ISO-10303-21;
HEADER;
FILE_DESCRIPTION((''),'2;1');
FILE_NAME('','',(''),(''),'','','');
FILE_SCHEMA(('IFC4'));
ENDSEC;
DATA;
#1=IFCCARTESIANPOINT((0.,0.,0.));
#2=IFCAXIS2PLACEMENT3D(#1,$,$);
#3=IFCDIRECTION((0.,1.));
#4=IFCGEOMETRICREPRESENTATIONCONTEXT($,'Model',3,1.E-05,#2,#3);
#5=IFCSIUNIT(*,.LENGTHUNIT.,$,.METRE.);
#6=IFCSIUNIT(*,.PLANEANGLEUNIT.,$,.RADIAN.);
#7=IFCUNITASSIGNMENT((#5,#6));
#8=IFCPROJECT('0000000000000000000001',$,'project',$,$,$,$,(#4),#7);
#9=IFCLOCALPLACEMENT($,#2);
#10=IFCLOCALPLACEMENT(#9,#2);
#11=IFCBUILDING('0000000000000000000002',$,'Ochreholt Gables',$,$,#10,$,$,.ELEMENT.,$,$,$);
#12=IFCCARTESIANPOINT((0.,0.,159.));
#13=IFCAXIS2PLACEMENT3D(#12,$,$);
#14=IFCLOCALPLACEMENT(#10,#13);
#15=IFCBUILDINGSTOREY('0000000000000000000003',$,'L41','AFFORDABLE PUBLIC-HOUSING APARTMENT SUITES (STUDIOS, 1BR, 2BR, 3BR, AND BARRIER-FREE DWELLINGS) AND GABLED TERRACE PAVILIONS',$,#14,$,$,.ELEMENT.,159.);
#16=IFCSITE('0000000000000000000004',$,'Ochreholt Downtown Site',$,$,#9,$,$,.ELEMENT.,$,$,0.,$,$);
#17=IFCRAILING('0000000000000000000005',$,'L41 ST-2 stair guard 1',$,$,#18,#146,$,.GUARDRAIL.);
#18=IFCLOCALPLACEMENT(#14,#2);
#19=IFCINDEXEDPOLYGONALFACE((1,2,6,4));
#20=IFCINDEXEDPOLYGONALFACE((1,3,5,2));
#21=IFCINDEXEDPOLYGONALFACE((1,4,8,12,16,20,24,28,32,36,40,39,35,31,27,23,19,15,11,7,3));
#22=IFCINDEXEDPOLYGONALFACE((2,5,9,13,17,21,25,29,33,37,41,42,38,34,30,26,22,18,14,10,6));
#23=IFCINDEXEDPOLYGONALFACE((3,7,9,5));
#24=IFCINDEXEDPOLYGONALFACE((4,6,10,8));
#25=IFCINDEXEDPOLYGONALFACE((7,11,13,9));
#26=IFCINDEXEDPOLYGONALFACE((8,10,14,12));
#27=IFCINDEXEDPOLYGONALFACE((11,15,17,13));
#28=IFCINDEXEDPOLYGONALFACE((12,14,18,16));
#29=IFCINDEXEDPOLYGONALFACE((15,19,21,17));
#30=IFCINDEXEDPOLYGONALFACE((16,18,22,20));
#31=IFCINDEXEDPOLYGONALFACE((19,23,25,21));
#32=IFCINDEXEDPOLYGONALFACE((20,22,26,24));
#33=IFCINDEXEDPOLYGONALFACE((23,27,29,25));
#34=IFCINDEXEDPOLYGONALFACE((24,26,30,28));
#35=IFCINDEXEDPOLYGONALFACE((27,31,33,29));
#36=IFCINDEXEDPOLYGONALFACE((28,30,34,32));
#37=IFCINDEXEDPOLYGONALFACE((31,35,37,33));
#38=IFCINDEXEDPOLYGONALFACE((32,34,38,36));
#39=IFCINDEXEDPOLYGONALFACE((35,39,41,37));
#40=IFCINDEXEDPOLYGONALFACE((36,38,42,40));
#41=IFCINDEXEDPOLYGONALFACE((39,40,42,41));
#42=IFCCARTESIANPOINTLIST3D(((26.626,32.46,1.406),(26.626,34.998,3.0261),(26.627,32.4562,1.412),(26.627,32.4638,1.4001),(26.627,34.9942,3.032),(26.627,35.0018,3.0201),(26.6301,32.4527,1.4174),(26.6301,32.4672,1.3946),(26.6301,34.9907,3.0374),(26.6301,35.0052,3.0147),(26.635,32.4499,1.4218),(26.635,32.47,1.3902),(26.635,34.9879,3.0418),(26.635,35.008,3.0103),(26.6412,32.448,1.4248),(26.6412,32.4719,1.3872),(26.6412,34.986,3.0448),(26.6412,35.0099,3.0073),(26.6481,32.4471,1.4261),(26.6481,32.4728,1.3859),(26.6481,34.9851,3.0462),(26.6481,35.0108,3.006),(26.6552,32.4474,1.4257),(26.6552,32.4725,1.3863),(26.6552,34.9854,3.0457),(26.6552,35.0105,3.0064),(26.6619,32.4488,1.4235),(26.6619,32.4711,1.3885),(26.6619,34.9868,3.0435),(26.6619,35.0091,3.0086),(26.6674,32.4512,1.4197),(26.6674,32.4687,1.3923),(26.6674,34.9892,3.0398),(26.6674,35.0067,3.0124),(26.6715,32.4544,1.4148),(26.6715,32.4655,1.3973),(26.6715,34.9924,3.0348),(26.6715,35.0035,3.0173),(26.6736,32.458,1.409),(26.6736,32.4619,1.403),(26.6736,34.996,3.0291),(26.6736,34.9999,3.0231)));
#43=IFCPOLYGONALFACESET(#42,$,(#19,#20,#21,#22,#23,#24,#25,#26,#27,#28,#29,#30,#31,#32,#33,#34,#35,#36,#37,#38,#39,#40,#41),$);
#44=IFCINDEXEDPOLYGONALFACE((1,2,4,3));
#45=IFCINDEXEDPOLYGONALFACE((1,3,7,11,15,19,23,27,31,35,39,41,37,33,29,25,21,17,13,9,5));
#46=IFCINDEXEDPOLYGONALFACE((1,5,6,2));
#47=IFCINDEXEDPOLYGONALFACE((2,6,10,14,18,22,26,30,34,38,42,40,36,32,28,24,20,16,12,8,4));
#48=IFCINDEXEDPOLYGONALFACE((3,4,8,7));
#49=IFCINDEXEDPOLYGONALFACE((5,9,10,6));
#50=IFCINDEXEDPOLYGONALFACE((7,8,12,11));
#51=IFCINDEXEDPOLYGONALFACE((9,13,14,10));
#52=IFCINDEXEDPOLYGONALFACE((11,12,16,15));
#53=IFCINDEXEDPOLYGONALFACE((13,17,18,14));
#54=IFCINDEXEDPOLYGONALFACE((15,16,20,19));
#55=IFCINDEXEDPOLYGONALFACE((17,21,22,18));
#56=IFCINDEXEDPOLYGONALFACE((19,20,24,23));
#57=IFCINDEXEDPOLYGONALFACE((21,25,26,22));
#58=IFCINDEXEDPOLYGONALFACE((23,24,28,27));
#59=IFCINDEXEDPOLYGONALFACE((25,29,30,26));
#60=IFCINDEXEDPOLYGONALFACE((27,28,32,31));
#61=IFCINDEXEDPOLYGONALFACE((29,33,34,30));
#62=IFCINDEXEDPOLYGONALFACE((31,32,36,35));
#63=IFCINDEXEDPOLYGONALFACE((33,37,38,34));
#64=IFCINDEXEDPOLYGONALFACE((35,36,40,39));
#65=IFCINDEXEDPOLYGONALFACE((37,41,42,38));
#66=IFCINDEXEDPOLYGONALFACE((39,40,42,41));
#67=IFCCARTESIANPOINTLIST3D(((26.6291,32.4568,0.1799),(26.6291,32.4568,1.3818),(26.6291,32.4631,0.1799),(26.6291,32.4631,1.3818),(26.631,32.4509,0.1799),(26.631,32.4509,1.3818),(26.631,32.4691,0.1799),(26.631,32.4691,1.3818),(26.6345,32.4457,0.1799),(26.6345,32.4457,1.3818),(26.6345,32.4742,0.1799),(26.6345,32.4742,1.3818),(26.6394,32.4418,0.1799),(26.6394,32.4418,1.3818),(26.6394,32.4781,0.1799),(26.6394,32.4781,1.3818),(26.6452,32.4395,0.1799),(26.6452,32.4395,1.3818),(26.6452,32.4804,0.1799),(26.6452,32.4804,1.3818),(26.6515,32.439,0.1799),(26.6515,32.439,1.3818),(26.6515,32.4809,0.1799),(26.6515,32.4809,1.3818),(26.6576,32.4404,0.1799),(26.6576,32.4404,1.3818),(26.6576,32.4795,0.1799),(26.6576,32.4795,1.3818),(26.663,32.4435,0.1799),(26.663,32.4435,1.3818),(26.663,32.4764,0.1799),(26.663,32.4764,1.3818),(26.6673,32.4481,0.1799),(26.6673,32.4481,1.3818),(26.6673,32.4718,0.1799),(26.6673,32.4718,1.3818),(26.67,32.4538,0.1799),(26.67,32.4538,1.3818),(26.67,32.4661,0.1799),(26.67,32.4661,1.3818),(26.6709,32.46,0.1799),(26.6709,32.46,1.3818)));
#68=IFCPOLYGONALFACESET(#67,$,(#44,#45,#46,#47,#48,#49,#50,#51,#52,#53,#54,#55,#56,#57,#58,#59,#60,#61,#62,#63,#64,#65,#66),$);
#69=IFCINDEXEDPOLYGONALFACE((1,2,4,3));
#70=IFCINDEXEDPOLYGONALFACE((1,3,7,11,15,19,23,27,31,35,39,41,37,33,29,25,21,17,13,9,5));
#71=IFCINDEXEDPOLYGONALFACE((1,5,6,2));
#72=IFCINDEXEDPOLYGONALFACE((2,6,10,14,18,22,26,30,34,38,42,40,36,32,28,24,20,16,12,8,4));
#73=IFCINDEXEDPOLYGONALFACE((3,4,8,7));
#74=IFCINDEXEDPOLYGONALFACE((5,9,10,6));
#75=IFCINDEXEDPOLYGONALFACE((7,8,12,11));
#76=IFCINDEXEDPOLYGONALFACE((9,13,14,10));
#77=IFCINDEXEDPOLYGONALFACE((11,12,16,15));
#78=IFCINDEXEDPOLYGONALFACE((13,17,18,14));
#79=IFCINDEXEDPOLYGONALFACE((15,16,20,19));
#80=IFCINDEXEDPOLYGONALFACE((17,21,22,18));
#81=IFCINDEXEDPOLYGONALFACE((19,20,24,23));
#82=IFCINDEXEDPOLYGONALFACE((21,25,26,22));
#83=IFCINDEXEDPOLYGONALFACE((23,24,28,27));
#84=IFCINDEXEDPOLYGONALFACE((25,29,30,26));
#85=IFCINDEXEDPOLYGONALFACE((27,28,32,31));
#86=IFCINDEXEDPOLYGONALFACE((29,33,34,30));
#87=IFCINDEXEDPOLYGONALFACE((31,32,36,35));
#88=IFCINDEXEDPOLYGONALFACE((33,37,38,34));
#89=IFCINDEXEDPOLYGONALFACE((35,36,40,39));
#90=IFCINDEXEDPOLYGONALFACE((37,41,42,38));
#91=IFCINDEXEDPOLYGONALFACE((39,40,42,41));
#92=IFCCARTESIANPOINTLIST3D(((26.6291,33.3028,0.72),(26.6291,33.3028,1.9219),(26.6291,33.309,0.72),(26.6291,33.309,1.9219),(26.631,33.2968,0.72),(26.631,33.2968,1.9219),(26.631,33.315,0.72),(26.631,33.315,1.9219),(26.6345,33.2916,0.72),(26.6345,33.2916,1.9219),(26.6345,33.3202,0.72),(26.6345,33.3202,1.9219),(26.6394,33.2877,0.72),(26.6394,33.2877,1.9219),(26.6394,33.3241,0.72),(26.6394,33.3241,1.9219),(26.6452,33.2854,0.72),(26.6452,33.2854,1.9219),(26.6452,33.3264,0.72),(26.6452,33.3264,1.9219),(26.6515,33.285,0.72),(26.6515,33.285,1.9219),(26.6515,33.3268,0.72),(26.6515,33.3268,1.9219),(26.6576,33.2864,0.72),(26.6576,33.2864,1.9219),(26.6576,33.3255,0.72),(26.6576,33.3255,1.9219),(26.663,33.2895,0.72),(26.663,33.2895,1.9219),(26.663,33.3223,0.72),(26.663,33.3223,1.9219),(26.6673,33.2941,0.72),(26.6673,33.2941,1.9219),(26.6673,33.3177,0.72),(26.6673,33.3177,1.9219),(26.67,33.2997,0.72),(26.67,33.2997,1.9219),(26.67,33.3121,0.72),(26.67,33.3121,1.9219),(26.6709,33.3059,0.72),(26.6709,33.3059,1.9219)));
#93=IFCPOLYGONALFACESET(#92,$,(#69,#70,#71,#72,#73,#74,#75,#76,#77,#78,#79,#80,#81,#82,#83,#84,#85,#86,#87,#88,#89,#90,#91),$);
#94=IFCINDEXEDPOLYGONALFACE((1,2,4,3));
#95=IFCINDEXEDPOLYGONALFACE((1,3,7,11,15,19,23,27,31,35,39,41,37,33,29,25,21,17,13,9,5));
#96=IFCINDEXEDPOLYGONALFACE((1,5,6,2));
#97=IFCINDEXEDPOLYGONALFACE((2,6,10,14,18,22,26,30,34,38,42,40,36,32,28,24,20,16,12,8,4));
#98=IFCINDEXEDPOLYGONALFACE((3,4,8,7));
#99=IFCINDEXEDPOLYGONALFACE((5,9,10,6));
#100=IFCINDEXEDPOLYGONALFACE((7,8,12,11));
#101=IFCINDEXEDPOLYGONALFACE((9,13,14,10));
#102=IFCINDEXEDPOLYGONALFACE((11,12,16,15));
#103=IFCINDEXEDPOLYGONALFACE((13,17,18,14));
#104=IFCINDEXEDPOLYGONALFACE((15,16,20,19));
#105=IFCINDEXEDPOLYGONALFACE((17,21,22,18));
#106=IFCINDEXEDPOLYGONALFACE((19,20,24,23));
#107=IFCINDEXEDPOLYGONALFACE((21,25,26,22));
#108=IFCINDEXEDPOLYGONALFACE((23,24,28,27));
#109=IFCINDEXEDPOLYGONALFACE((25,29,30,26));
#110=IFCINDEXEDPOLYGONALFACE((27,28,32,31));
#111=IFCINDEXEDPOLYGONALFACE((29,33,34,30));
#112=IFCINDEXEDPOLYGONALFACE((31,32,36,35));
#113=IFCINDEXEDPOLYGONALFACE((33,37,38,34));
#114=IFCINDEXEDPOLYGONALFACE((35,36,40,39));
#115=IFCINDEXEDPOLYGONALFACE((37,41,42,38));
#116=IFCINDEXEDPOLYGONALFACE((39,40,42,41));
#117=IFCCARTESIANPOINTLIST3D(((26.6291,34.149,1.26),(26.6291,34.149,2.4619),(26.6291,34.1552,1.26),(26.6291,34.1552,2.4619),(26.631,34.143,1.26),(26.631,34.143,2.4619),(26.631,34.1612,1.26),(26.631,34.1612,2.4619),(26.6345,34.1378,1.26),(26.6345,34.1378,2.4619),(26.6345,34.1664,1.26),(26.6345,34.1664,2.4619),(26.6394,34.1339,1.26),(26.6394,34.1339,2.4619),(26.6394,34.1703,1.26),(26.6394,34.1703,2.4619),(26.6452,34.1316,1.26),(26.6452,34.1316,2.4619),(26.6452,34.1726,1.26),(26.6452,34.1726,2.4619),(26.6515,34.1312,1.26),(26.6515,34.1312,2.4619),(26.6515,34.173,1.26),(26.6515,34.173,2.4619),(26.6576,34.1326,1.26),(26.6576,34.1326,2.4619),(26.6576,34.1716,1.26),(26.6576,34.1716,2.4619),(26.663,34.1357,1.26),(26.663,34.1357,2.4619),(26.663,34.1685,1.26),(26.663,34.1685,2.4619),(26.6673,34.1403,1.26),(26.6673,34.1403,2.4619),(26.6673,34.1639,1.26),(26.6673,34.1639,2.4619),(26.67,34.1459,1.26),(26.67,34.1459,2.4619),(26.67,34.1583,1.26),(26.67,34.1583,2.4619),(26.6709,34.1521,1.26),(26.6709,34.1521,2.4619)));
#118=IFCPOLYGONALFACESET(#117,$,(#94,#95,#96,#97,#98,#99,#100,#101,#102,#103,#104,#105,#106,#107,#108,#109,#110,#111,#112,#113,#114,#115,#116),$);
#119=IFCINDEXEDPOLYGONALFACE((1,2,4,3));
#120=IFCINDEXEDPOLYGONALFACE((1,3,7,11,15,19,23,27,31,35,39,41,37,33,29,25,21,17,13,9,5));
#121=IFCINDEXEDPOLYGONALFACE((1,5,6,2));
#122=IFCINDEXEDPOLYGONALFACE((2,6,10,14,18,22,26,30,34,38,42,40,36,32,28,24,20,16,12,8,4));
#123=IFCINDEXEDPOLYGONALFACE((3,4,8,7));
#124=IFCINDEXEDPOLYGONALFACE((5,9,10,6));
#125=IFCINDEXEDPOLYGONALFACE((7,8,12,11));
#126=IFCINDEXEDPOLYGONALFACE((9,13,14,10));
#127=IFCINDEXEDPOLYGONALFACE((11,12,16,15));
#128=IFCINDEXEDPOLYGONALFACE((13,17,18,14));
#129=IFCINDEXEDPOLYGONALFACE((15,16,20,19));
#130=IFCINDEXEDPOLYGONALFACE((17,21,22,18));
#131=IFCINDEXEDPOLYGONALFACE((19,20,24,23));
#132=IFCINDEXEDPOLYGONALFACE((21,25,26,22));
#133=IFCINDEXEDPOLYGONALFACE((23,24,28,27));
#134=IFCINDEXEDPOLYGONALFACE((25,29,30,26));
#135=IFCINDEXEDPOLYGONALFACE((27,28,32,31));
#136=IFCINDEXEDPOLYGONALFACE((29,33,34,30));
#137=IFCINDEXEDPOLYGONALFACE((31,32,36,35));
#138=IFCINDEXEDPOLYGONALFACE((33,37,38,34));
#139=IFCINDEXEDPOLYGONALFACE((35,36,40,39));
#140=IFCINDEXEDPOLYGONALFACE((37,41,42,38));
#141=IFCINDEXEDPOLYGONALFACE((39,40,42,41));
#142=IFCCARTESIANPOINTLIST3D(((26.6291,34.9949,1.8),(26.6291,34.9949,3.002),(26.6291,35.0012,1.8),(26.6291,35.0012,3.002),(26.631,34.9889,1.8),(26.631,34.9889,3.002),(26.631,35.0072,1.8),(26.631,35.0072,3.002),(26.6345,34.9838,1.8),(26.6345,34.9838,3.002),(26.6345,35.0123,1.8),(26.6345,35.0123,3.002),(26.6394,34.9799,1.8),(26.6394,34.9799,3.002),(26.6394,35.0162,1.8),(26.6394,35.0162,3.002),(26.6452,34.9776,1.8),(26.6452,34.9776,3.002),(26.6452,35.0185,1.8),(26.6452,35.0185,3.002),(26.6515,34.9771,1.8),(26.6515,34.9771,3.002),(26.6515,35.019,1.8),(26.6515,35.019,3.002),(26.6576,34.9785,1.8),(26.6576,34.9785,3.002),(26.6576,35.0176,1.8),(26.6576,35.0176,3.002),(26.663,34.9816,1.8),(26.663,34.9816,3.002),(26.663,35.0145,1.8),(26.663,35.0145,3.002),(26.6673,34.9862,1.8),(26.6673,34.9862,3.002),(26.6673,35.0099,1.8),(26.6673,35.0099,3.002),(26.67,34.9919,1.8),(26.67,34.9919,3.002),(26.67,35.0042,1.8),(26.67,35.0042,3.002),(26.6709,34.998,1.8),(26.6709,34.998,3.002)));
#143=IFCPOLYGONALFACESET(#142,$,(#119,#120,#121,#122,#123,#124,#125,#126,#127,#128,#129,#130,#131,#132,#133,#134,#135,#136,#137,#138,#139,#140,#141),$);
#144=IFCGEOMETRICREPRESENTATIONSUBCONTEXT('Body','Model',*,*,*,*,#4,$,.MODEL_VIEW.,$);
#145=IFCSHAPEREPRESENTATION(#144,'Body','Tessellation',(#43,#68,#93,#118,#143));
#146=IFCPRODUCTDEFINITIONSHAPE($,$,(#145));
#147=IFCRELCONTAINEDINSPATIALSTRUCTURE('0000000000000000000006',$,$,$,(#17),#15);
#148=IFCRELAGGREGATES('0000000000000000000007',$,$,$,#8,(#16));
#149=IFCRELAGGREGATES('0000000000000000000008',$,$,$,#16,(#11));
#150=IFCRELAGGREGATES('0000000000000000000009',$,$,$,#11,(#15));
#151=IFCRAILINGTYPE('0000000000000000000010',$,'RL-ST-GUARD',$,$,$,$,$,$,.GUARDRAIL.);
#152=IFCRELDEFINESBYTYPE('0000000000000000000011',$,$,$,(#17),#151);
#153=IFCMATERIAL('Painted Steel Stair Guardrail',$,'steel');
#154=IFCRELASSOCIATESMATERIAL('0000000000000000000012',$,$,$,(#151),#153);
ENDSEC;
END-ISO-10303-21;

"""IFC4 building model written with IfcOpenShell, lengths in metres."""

from ifc_helpers import new_model, si_unit, direction, frame, origin, origin_2d, place, context, subcontext, project, spatial, circle, extrude, material, type_object, element, save


model = new_model("IFC4")

# Units and contexts
model_context = context("Model", 3, precision=1e-05, world=origin(), true_north=direction((0.0, 1.0)))
body_context = subcontext(model_context, "Body", "Model", "MODEL_VIEW")
ifc_project = project(units=[si_unit("LENGTHUNIT", "METRE"), si_unit("PLANEANGLEUNIT", "RADIAN")], contexts=[model_context])

# Site, building, storey
site_placement = place(None, origin())
site = spatial("IfcSite", under=ifc_project, at=site_placement, Name="Ochreholt Downtown Site", CompositionType="ELEMENT", RefElevation=0.0)
building_placement = place(site_placement, origin())
building = spatial("IfcBuilding", under=site, at=building_placement, Name="Ochreholt Gables", CompositionType="ELEMENT")
storey_placement = place(building_placement, frame((0.0, 0.0, 159.0)))
storey = spatial("IfcBuildingStorey", under=building, at=storey_placement, Name="L41", Description="AFFORDABLE PUBLIC-HOUSING APARTMENT SUITES (STUDIOS, 1BR, 2BR, 3BR, AND BARRIER-FREE DWELLINGS) AND GABLED TERRACE PAVILIONS", CompositionType="ELEMENT", Elevation=159.0)

# Railing
ifc_material_1 = material(Name="Painted Steel Stair Guardrail", Category="steel")
railing_type = type_object("IfcRailingType", Name="RL-ST-GUARD", PredefinedType="GUARDRAIL", material=ifc_material_1)
railing_1_placement = place(storey_placement, frame((26.6499, 32.46, 0.1799)))
element("IfcRailing", 1, at=railing_1_placement, inside=storey, type_object=railing_type, Name="L41 ST-2 stair guard 1", PredefinedType="GUARDRAIL", context=body_context, shape_type="SweptSolid", body=[
    extrude(circle(Radius=0.0239, at=origin_2d()), frame((0.0, 0.0, 1.2261), z_axis=(0.0, 0.842913, 0.53805), x_axis=(-1.0, 0.0, 0.0)), (0.0, 0.0, 1.0), 3.011),
    extrude(circle(Radius=0.021, at=origin_2d()), origin(), (0.0, 0.0, 1.0), 1.2019),
    extrude(circle(Radius=0.021, at=origin_2d()), frame((0.0, 0.8459, 0.54)), (0.0, 0.0, 1.0), 1.2019),
    extrude(circle(Radius=0.021, at=origin_2d()), frame((0.0, 1.6921, 1.0801)), (0.0, 0.0, 1.0), 1.2019),
    extrude(circle(Radius=0.021, at=origin_2d()), frame((0.0, 2.5381, 1.6201)), (0.0, 0.0, 1.0), 1.2019),
])

save(model, "model.ifc")
